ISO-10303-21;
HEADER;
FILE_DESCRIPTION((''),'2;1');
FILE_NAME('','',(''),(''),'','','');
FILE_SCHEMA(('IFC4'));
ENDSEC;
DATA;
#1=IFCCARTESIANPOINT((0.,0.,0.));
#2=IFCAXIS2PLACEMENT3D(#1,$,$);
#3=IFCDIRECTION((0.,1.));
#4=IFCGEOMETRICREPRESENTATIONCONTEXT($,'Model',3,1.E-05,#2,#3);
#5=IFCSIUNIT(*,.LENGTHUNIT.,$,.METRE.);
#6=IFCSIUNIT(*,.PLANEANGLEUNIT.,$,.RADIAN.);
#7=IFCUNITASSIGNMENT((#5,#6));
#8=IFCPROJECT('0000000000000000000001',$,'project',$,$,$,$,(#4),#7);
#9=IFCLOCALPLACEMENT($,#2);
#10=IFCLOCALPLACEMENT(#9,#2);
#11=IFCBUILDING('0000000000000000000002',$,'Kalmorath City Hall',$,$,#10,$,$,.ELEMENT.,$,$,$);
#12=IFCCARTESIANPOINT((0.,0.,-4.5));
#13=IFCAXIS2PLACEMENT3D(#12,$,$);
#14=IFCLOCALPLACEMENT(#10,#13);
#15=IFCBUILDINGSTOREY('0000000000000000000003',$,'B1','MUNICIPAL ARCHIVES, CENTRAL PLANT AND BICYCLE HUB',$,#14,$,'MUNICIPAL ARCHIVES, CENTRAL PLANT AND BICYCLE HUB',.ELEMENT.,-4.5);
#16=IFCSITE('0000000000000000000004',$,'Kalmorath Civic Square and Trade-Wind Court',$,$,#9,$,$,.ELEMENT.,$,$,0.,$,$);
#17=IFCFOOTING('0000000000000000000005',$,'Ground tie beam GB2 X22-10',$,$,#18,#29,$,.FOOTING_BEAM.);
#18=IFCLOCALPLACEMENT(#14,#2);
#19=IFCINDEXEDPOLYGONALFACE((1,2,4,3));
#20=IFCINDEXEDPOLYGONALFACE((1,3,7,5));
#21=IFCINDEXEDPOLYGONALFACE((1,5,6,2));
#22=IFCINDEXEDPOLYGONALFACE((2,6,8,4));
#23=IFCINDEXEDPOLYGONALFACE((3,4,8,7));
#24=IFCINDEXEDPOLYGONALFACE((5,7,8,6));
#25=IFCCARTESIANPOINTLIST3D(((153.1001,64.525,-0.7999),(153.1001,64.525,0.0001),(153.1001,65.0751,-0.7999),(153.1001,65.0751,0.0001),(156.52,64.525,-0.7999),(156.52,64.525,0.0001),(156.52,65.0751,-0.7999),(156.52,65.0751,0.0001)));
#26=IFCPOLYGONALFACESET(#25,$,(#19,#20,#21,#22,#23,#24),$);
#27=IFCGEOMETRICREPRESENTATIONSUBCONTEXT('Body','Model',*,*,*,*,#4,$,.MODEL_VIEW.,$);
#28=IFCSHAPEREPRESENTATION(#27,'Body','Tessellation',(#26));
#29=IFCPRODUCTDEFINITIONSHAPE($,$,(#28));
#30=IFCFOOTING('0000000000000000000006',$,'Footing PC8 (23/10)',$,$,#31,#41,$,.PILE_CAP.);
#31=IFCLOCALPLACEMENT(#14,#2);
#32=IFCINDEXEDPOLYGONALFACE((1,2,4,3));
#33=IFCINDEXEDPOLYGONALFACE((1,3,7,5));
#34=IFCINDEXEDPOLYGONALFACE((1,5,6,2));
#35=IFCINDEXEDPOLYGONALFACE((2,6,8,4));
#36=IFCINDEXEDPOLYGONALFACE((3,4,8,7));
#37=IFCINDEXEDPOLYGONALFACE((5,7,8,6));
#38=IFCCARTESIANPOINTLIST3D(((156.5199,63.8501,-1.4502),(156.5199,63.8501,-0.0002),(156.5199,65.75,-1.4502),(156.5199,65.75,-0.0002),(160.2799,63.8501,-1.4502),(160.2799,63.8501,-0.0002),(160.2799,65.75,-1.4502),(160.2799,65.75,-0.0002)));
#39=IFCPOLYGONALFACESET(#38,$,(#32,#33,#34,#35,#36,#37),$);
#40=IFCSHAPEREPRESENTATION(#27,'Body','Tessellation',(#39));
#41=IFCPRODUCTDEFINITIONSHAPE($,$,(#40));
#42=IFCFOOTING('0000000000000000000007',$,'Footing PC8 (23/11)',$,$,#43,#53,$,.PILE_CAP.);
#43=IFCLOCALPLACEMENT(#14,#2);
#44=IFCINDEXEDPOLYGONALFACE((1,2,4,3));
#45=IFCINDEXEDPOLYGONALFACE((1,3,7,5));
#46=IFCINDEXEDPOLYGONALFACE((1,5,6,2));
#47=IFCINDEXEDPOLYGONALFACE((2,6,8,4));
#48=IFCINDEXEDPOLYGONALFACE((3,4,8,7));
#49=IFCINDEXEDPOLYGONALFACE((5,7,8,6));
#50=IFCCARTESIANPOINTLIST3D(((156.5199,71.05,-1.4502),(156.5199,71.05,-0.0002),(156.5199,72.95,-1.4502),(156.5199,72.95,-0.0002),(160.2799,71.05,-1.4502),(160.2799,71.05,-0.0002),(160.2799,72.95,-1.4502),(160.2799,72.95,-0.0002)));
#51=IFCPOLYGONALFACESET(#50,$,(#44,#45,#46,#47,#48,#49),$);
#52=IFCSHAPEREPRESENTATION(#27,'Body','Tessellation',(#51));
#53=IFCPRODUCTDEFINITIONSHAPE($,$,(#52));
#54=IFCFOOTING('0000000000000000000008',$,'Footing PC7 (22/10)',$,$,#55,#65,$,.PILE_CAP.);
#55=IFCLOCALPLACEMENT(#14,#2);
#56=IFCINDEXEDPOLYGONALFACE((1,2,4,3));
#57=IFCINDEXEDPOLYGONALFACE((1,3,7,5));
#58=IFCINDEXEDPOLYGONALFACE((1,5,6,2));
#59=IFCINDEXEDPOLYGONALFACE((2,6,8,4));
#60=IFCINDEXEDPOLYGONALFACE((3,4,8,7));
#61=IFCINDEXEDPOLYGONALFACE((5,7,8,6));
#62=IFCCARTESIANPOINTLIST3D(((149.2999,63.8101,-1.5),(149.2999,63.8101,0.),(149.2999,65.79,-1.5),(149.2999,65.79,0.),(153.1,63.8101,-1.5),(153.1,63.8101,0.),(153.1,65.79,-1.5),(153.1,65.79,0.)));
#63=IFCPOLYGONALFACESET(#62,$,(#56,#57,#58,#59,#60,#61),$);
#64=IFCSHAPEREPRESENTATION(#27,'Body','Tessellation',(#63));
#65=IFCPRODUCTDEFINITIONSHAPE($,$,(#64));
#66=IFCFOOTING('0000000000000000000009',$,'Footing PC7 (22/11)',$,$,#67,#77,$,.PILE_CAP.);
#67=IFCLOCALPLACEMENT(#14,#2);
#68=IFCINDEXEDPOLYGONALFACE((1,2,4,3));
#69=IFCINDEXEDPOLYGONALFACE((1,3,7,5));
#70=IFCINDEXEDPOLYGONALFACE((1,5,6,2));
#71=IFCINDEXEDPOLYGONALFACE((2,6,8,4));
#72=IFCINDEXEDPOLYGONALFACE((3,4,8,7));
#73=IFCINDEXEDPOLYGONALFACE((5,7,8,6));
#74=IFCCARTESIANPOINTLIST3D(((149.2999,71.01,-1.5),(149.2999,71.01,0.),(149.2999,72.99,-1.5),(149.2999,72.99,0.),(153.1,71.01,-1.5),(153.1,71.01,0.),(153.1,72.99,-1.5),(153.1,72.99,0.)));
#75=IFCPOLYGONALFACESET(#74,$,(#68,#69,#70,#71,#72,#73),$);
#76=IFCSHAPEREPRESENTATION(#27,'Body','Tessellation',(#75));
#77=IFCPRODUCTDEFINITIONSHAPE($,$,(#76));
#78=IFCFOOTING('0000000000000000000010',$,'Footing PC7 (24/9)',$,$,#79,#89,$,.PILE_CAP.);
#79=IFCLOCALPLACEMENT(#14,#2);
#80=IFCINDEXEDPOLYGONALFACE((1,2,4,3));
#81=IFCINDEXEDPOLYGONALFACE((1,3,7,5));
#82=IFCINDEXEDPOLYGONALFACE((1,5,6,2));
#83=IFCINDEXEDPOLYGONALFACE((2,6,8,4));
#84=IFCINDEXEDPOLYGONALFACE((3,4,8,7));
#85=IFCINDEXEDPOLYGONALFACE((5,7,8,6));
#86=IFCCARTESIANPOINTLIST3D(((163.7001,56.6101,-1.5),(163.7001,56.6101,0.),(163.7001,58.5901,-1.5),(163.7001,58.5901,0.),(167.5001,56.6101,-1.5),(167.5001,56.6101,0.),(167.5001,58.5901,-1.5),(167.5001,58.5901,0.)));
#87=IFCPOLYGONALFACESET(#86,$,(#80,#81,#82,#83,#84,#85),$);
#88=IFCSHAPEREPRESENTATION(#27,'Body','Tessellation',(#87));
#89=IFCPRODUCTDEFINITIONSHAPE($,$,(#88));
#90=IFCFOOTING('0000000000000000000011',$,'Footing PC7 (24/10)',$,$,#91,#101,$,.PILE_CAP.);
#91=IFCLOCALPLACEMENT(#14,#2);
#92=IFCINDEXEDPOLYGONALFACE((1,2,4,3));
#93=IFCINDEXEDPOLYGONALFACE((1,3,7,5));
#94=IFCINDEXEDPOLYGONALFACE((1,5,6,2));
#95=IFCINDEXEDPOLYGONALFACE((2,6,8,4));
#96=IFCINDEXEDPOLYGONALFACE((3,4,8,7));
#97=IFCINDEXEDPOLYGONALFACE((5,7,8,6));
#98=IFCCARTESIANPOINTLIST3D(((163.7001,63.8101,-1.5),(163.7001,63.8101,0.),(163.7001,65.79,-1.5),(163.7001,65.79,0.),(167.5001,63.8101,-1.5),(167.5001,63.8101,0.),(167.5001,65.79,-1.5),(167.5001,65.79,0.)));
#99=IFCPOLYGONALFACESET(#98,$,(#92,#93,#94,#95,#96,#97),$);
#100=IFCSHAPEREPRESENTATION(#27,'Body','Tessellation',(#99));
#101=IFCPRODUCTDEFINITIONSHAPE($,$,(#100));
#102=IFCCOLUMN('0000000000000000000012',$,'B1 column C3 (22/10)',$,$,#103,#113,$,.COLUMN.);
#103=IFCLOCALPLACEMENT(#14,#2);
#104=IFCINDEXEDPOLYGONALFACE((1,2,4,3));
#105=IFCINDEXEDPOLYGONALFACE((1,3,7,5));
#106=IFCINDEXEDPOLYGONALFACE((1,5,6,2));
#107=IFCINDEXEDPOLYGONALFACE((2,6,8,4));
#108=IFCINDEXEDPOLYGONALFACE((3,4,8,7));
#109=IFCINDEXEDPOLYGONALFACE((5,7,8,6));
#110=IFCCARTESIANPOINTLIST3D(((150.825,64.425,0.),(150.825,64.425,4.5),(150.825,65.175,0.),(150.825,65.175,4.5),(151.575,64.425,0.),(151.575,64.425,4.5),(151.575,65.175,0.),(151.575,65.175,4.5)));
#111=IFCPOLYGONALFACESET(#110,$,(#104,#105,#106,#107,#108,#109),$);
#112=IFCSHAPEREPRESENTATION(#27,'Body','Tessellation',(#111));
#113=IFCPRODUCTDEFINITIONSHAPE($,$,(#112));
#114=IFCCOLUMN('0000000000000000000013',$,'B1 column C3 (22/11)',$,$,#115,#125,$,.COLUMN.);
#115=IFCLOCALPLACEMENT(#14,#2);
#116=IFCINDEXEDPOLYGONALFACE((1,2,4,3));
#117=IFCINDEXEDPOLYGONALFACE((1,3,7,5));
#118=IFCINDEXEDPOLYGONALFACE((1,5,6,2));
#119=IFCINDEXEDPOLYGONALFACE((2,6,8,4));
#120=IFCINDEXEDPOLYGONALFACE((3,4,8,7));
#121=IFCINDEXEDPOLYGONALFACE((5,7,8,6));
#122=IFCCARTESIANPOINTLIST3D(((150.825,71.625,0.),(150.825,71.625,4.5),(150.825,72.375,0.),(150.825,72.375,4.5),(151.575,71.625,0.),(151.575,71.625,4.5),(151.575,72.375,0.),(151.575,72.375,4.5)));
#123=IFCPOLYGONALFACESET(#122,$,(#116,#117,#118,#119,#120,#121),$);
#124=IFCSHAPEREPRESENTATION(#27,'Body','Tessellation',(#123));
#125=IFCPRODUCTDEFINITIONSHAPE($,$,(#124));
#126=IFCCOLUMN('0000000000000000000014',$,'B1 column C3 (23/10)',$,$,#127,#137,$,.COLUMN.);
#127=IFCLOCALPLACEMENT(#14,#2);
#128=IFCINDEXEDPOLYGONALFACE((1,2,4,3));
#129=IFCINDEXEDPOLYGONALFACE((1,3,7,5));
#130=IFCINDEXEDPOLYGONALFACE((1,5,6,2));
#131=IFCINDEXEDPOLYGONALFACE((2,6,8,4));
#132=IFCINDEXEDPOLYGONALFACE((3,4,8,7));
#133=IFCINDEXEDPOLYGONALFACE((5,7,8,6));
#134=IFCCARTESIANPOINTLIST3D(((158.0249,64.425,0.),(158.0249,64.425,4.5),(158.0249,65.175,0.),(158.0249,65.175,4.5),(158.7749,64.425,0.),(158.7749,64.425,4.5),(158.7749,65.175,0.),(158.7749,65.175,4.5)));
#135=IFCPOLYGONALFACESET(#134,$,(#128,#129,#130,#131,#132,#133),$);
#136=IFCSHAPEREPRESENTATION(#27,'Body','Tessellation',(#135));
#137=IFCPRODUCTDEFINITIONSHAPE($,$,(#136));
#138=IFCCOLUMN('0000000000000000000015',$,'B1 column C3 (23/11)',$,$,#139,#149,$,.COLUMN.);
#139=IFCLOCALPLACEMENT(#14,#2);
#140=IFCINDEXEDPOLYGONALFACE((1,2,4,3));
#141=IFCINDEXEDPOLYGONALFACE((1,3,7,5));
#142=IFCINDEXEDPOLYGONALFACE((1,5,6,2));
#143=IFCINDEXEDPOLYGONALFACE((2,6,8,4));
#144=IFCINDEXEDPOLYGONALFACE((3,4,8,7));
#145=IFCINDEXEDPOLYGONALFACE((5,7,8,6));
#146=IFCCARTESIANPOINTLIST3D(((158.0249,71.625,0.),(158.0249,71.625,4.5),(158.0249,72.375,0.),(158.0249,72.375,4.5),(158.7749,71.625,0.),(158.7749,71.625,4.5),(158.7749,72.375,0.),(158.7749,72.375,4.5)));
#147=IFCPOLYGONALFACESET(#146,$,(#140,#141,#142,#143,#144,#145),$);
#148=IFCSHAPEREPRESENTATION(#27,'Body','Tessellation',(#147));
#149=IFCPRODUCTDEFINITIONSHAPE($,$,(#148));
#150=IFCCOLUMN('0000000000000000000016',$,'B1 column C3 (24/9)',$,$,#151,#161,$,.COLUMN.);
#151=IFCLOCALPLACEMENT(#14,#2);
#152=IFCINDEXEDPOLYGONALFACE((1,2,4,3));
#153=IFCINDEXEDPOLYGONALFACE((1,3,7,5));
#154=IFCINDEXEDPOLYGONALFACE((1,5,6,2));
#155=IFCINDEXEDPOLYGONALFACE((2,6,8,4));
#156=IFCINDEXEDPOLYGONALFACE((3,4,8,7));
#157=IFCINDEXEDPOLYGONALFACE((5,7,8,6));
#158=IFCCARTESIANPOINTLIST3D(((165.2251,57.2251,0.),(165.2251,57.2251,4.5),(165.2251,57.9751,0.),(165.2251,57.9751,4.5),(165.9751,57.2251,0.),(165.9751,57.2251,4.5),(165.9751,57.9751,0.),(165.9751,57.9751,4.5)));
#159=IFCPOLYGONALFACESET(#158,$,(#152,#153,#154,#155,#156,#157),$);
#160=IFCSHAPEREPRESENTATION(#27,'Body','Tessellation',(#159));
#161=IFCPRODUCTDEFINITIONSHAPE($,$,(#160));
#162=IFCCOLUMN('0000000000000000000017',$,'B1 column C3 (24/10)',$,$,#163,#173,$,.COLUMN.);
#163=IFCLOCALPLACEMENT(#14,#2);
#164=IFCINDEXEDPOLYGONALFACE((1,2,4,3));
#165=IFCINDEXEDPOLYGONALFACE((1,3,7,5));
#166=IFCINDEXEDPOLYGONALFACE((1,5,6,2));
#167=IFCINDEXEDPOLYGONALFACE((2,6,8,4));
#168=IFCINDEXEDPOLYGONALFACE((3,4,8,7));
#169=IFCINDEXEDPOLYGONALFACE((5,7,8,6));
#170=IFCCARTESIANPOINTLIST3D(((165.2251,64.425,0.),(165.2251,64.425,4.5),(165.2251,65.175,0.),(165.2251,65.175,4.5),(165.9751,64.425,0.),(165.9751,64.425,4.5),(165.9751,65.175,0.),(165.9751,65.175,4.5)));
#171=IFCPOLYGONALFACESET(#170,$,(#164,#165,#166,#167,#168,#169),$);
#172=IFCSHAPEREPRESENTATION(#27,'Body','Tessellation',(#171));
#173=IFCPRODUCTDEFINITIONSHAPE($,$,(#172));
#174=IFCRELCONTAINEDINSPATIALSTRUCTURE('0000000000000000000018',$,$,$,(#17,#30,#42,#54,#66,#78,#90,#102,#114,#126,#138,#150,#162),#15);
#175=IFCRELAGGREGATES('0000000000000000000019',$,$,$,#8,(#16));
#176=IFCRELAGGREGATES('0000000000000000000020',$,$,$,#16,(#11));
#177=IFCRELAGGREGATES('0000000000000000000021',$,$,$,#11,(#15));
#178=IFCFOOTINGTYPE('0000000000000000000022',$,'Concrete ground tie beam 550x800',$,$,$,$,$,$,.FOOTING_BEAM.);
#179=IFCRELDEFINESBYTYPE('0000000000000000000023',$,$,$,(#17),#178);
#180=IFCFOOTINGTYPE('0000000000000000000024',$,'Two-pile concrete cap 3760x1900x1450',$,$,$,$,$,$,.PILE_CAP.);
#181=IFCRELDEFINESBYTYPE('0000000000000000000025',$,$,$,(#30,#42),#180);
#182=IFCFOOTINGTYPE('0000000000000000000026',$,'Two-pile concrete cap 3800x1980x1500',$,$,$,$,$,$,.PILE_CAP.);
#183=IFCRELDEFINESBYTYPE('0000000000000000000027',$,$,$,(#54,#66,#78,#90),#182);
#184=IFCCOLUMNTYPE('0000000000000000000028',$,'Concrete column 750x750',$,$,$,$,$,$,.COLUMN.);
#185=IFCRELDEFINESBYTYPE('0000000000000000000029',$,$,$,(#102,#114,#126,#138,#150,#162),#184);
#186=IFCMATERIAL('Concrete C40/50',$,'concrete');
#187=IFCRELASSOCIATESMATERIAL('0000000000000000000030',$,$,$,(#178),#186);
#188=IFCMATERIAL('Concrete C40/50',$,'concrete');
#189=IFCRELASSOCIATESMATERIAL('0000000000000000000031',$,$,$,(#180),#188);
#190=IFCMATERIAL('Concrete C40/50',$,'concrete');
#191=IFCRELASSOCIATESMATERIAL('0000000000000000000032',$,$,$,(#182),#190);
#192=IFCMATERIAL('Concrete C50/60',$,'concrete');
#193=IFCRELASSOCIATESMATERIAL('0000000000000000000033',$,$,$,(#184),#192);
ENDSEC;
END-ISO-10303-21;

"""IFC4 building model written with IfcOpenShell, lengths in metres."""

from ifc_helpers import new_model, si_unit, direction, frame, origin, origin_2d, place, context, subcontext, project, spatial, rectangle, extrude, material, material_profile, profile_set, type_object, element, save


model = new_model("IFC4")

# Units and contexts
model_context = context("Model", 3, precision=1e-05, world=origin(), true_north=direction((0.0, 1.0)))
body_context = subcontext(model_context, "Body", "Model", "MODEL_VIEW")
ifc_project = project(units=[si_unit("LENGTHUNIT", "METRE"), si_unit("PLANEANGLEUNIT", "RADIAN")], contexts=[model_context])

# Site, building, storey
site_placement = place(None, origin())
site = spatial("IfcSite", under=ifc_project, at=site_placement, Name="Kalmorath Civic Square and Trade-Wind Court", CompositionType="ELEMENT", RefElevation=0.0)
building_placement = place(site_placement, origin())
building = spatial("IfcBuilding", under=site, at=building_placement, Name="Kalmorath City Hall", CompositionType="ELEMENT")
storey_placement = place(building_placement, frame((0.0, 0.0, -4.5)))
storey = spatial("IfcBuildingStorey", under=building, at=storey_placement, Name="B1", Description="MUNICIPAL ARCHIVES, CENTRAL PLANT AND BICYCLE HUB", LongName="MUNICIPAL ARCHIVES, CENTRAL PLANT AND BICYCLE HUB", CompositionType="ELEMENT", Elevation=-4.5)

# Footings
ifc_material_1 = material(Name="Concrete C40/50", Category="concrete")
ifc_material_profile_1 = material_profile(ifc_material_1, rectangle(XDim=0.55, YDim=0.8, at=origin_2d()), Name="RC-BM-550X800")
ifc_profile_set_1 = profile_set([ifc_material_profile_1], Name="Concrete C40/50")
footing_type_1 = type_object("IfcFootingType", Name="Concrete ground tie beam 550x800", PredefinedType="FOOTING_BEAM", material=ifc_profile_set_1)
footing_placement = place(storey_placement, frame((153.1001, 64.8, -0.3999), z_axis=(1.0, 0.0, 0.0), x_axis=(0.0, 1.0, 0.0)))
element("IfcFooting", 1, at=footing_placement, inside=storey, type_object=footing_type_1, Name="Ground tie beam GB2 X22-10", PredefinedType="FOOTING_BEAM", context=body_context, shape_type="SweptSolid", body=[
    extrude(rectangle(XDim=0.55, YDim=0.8, at=origin_2d()), origin(), (0.0, 0.0, 1.0), 3.4199),
])
ifc_material_2 = material(Name="Concrete C40/50", Category="concrete")
footing_type_2 = type_object("IfcFootingType", Name="Two-pile concrete cap 3760x1900x1450", PredefinedType="PILE_CAP", material=ifc_material_2)
for number, where, z_axis, x_axis, name in (
    (2, (158.3999, 64.8, -1.4502), (0.0, 0.0, 1.0), (1.0, 0.0, 0.0), "Footing PC8 (23/10)"),
    (3, (158.3999, 72.0, -1.4502), (0.0, 0.0, 1.0), (1.0, 0.0, 0.0), "Footing PC8 (23/11)"),
):
    element("IfcFooting", number, at=place(storey_placement, frame(where, z_axis=z_axis, x_axis=x_axis)), inside=storey, type_object=footing_type_2, Name=name, PredefinedType="PILE_CAP", context=body_context, shape_type="SweptSolid", body=[
        extrude(rectangle(XDim=3.76, YDim=1.8999, at=origin_2d()), origin(), (0.0, 0.0, 1.0), 1.45),
    ])
ifc_material_3 = material(Name="Concrete C40/50", Category="concrete")
footing_type_3 = type_object("IfcFootingType", Name="Two-pile concrete cap 3800x1980x1500", PredefinedType="PILE_CAP", material=ifc_material_3)
for number, where, z_axis, x_axis, name in (
    (4, (151.2, 64.8, -1.5), (0.0, 0.0, 1.0), (1.0, 0.0, 0.0), "Footing PC7 (22/10)"),
    (5, (151.2, 72.0, -1.5), (0.0, 0.0, 1.0), (1.0, 0.0, 0.0), "Footing PC7 (22/11)"),
    (6, (165.6001, 57.6001, -1.5), (0.0, 0.0, 1.0), (1.0, 0.0, 0.0), "Footing PC7 (24/9)"),
    (7, (165.6001, 64.8, -1.5), (0.0, 0.0, 1.0), (1.0, 0.0, 0.0), "Footing PC7 (24/10)"),
):
    element("IfcFooting", number, at=place(storey_placement, frame(where, z_axis=z_axis, x_axis=x_axis)), inside=storey, type_object=footing_type_3, Name=name, PredefinedType="PILE_CAP", context=body_context, shape_type="SweptSolid", body=[
        extrude(rectangle(XDim=3.8, YDim=1.98, at=origin_2d()), origin(), (0.0, 0.0, 1.0), 1.5),
    ])

# Columns
ifc_material_4 = material(Name="Concrete C50/60", Category="concrete")
ifc_material_profile_2 = material_profile(ifc_material_4, rectangle(XDim=0.75, YDim=0.75, at=origin_2d()), Name="RC-COL-750X750")
ifc_profile_set_2 = profile_set([ifc_material_profile_2], Name="Concrete C50/60")
column_type = type_object("IfcColumnType", Name="Concrete column 750x750", PredefinedType="COLUMN", material=ifc_profile_set_2)
for number, where, z_axis, x_axis, name in (
    (8, (151.2, 64.8, 0.0), (0.0, 0.0, 1.0), (1.0, 0.0, 0.0), "B1 column C3 (22/10)"),
    (9, (151.2, 72.0, 0.0), (0.0, 0.0, 1.0), (1.0, 0.0, 0.0), "B1 column C3 (22/11)"),
    (10, (158.3999, 64.8, 0.0), (0.0, 0.0, 1.0), (1.0, 0.0, 0.0), "B1 column C3 (23/10)"),
    (11, (158.3999, 72.0, 0.0), (0.0, 0.0, 1.0), (1.0, 0.0, 0.0), "B1 column C3 (23/11)"),
    (12, (165.6001, 57.6001, 0.0), (0.0, 0.0, 1.0), (1.0, 0.0, 0.0), "B1 column C3 (24/9)"),
    (13, (165.6001, 64.8, 0.0), (0.0, 0.0, 1.0), (1.0, 0.0, 0.0), "B1 column C3 (24/10)"),
):
    element("IfcColumn", number, at=place(storey_placement, frame(where, z_axis=z_axis, x_axis=x_axis)), inside=storey, type_object=column_type, Name=name, PredefinedType="COLUMN", context=body_context, shape_type="SweptSolid", body=[
        extrude(rectangle(XDim=0.75, YDim=0.75, at=origin_2d()), origin(), (0.0, 0.0, 1.0), 4.5),
    ])

save(model, "model.ifc")
